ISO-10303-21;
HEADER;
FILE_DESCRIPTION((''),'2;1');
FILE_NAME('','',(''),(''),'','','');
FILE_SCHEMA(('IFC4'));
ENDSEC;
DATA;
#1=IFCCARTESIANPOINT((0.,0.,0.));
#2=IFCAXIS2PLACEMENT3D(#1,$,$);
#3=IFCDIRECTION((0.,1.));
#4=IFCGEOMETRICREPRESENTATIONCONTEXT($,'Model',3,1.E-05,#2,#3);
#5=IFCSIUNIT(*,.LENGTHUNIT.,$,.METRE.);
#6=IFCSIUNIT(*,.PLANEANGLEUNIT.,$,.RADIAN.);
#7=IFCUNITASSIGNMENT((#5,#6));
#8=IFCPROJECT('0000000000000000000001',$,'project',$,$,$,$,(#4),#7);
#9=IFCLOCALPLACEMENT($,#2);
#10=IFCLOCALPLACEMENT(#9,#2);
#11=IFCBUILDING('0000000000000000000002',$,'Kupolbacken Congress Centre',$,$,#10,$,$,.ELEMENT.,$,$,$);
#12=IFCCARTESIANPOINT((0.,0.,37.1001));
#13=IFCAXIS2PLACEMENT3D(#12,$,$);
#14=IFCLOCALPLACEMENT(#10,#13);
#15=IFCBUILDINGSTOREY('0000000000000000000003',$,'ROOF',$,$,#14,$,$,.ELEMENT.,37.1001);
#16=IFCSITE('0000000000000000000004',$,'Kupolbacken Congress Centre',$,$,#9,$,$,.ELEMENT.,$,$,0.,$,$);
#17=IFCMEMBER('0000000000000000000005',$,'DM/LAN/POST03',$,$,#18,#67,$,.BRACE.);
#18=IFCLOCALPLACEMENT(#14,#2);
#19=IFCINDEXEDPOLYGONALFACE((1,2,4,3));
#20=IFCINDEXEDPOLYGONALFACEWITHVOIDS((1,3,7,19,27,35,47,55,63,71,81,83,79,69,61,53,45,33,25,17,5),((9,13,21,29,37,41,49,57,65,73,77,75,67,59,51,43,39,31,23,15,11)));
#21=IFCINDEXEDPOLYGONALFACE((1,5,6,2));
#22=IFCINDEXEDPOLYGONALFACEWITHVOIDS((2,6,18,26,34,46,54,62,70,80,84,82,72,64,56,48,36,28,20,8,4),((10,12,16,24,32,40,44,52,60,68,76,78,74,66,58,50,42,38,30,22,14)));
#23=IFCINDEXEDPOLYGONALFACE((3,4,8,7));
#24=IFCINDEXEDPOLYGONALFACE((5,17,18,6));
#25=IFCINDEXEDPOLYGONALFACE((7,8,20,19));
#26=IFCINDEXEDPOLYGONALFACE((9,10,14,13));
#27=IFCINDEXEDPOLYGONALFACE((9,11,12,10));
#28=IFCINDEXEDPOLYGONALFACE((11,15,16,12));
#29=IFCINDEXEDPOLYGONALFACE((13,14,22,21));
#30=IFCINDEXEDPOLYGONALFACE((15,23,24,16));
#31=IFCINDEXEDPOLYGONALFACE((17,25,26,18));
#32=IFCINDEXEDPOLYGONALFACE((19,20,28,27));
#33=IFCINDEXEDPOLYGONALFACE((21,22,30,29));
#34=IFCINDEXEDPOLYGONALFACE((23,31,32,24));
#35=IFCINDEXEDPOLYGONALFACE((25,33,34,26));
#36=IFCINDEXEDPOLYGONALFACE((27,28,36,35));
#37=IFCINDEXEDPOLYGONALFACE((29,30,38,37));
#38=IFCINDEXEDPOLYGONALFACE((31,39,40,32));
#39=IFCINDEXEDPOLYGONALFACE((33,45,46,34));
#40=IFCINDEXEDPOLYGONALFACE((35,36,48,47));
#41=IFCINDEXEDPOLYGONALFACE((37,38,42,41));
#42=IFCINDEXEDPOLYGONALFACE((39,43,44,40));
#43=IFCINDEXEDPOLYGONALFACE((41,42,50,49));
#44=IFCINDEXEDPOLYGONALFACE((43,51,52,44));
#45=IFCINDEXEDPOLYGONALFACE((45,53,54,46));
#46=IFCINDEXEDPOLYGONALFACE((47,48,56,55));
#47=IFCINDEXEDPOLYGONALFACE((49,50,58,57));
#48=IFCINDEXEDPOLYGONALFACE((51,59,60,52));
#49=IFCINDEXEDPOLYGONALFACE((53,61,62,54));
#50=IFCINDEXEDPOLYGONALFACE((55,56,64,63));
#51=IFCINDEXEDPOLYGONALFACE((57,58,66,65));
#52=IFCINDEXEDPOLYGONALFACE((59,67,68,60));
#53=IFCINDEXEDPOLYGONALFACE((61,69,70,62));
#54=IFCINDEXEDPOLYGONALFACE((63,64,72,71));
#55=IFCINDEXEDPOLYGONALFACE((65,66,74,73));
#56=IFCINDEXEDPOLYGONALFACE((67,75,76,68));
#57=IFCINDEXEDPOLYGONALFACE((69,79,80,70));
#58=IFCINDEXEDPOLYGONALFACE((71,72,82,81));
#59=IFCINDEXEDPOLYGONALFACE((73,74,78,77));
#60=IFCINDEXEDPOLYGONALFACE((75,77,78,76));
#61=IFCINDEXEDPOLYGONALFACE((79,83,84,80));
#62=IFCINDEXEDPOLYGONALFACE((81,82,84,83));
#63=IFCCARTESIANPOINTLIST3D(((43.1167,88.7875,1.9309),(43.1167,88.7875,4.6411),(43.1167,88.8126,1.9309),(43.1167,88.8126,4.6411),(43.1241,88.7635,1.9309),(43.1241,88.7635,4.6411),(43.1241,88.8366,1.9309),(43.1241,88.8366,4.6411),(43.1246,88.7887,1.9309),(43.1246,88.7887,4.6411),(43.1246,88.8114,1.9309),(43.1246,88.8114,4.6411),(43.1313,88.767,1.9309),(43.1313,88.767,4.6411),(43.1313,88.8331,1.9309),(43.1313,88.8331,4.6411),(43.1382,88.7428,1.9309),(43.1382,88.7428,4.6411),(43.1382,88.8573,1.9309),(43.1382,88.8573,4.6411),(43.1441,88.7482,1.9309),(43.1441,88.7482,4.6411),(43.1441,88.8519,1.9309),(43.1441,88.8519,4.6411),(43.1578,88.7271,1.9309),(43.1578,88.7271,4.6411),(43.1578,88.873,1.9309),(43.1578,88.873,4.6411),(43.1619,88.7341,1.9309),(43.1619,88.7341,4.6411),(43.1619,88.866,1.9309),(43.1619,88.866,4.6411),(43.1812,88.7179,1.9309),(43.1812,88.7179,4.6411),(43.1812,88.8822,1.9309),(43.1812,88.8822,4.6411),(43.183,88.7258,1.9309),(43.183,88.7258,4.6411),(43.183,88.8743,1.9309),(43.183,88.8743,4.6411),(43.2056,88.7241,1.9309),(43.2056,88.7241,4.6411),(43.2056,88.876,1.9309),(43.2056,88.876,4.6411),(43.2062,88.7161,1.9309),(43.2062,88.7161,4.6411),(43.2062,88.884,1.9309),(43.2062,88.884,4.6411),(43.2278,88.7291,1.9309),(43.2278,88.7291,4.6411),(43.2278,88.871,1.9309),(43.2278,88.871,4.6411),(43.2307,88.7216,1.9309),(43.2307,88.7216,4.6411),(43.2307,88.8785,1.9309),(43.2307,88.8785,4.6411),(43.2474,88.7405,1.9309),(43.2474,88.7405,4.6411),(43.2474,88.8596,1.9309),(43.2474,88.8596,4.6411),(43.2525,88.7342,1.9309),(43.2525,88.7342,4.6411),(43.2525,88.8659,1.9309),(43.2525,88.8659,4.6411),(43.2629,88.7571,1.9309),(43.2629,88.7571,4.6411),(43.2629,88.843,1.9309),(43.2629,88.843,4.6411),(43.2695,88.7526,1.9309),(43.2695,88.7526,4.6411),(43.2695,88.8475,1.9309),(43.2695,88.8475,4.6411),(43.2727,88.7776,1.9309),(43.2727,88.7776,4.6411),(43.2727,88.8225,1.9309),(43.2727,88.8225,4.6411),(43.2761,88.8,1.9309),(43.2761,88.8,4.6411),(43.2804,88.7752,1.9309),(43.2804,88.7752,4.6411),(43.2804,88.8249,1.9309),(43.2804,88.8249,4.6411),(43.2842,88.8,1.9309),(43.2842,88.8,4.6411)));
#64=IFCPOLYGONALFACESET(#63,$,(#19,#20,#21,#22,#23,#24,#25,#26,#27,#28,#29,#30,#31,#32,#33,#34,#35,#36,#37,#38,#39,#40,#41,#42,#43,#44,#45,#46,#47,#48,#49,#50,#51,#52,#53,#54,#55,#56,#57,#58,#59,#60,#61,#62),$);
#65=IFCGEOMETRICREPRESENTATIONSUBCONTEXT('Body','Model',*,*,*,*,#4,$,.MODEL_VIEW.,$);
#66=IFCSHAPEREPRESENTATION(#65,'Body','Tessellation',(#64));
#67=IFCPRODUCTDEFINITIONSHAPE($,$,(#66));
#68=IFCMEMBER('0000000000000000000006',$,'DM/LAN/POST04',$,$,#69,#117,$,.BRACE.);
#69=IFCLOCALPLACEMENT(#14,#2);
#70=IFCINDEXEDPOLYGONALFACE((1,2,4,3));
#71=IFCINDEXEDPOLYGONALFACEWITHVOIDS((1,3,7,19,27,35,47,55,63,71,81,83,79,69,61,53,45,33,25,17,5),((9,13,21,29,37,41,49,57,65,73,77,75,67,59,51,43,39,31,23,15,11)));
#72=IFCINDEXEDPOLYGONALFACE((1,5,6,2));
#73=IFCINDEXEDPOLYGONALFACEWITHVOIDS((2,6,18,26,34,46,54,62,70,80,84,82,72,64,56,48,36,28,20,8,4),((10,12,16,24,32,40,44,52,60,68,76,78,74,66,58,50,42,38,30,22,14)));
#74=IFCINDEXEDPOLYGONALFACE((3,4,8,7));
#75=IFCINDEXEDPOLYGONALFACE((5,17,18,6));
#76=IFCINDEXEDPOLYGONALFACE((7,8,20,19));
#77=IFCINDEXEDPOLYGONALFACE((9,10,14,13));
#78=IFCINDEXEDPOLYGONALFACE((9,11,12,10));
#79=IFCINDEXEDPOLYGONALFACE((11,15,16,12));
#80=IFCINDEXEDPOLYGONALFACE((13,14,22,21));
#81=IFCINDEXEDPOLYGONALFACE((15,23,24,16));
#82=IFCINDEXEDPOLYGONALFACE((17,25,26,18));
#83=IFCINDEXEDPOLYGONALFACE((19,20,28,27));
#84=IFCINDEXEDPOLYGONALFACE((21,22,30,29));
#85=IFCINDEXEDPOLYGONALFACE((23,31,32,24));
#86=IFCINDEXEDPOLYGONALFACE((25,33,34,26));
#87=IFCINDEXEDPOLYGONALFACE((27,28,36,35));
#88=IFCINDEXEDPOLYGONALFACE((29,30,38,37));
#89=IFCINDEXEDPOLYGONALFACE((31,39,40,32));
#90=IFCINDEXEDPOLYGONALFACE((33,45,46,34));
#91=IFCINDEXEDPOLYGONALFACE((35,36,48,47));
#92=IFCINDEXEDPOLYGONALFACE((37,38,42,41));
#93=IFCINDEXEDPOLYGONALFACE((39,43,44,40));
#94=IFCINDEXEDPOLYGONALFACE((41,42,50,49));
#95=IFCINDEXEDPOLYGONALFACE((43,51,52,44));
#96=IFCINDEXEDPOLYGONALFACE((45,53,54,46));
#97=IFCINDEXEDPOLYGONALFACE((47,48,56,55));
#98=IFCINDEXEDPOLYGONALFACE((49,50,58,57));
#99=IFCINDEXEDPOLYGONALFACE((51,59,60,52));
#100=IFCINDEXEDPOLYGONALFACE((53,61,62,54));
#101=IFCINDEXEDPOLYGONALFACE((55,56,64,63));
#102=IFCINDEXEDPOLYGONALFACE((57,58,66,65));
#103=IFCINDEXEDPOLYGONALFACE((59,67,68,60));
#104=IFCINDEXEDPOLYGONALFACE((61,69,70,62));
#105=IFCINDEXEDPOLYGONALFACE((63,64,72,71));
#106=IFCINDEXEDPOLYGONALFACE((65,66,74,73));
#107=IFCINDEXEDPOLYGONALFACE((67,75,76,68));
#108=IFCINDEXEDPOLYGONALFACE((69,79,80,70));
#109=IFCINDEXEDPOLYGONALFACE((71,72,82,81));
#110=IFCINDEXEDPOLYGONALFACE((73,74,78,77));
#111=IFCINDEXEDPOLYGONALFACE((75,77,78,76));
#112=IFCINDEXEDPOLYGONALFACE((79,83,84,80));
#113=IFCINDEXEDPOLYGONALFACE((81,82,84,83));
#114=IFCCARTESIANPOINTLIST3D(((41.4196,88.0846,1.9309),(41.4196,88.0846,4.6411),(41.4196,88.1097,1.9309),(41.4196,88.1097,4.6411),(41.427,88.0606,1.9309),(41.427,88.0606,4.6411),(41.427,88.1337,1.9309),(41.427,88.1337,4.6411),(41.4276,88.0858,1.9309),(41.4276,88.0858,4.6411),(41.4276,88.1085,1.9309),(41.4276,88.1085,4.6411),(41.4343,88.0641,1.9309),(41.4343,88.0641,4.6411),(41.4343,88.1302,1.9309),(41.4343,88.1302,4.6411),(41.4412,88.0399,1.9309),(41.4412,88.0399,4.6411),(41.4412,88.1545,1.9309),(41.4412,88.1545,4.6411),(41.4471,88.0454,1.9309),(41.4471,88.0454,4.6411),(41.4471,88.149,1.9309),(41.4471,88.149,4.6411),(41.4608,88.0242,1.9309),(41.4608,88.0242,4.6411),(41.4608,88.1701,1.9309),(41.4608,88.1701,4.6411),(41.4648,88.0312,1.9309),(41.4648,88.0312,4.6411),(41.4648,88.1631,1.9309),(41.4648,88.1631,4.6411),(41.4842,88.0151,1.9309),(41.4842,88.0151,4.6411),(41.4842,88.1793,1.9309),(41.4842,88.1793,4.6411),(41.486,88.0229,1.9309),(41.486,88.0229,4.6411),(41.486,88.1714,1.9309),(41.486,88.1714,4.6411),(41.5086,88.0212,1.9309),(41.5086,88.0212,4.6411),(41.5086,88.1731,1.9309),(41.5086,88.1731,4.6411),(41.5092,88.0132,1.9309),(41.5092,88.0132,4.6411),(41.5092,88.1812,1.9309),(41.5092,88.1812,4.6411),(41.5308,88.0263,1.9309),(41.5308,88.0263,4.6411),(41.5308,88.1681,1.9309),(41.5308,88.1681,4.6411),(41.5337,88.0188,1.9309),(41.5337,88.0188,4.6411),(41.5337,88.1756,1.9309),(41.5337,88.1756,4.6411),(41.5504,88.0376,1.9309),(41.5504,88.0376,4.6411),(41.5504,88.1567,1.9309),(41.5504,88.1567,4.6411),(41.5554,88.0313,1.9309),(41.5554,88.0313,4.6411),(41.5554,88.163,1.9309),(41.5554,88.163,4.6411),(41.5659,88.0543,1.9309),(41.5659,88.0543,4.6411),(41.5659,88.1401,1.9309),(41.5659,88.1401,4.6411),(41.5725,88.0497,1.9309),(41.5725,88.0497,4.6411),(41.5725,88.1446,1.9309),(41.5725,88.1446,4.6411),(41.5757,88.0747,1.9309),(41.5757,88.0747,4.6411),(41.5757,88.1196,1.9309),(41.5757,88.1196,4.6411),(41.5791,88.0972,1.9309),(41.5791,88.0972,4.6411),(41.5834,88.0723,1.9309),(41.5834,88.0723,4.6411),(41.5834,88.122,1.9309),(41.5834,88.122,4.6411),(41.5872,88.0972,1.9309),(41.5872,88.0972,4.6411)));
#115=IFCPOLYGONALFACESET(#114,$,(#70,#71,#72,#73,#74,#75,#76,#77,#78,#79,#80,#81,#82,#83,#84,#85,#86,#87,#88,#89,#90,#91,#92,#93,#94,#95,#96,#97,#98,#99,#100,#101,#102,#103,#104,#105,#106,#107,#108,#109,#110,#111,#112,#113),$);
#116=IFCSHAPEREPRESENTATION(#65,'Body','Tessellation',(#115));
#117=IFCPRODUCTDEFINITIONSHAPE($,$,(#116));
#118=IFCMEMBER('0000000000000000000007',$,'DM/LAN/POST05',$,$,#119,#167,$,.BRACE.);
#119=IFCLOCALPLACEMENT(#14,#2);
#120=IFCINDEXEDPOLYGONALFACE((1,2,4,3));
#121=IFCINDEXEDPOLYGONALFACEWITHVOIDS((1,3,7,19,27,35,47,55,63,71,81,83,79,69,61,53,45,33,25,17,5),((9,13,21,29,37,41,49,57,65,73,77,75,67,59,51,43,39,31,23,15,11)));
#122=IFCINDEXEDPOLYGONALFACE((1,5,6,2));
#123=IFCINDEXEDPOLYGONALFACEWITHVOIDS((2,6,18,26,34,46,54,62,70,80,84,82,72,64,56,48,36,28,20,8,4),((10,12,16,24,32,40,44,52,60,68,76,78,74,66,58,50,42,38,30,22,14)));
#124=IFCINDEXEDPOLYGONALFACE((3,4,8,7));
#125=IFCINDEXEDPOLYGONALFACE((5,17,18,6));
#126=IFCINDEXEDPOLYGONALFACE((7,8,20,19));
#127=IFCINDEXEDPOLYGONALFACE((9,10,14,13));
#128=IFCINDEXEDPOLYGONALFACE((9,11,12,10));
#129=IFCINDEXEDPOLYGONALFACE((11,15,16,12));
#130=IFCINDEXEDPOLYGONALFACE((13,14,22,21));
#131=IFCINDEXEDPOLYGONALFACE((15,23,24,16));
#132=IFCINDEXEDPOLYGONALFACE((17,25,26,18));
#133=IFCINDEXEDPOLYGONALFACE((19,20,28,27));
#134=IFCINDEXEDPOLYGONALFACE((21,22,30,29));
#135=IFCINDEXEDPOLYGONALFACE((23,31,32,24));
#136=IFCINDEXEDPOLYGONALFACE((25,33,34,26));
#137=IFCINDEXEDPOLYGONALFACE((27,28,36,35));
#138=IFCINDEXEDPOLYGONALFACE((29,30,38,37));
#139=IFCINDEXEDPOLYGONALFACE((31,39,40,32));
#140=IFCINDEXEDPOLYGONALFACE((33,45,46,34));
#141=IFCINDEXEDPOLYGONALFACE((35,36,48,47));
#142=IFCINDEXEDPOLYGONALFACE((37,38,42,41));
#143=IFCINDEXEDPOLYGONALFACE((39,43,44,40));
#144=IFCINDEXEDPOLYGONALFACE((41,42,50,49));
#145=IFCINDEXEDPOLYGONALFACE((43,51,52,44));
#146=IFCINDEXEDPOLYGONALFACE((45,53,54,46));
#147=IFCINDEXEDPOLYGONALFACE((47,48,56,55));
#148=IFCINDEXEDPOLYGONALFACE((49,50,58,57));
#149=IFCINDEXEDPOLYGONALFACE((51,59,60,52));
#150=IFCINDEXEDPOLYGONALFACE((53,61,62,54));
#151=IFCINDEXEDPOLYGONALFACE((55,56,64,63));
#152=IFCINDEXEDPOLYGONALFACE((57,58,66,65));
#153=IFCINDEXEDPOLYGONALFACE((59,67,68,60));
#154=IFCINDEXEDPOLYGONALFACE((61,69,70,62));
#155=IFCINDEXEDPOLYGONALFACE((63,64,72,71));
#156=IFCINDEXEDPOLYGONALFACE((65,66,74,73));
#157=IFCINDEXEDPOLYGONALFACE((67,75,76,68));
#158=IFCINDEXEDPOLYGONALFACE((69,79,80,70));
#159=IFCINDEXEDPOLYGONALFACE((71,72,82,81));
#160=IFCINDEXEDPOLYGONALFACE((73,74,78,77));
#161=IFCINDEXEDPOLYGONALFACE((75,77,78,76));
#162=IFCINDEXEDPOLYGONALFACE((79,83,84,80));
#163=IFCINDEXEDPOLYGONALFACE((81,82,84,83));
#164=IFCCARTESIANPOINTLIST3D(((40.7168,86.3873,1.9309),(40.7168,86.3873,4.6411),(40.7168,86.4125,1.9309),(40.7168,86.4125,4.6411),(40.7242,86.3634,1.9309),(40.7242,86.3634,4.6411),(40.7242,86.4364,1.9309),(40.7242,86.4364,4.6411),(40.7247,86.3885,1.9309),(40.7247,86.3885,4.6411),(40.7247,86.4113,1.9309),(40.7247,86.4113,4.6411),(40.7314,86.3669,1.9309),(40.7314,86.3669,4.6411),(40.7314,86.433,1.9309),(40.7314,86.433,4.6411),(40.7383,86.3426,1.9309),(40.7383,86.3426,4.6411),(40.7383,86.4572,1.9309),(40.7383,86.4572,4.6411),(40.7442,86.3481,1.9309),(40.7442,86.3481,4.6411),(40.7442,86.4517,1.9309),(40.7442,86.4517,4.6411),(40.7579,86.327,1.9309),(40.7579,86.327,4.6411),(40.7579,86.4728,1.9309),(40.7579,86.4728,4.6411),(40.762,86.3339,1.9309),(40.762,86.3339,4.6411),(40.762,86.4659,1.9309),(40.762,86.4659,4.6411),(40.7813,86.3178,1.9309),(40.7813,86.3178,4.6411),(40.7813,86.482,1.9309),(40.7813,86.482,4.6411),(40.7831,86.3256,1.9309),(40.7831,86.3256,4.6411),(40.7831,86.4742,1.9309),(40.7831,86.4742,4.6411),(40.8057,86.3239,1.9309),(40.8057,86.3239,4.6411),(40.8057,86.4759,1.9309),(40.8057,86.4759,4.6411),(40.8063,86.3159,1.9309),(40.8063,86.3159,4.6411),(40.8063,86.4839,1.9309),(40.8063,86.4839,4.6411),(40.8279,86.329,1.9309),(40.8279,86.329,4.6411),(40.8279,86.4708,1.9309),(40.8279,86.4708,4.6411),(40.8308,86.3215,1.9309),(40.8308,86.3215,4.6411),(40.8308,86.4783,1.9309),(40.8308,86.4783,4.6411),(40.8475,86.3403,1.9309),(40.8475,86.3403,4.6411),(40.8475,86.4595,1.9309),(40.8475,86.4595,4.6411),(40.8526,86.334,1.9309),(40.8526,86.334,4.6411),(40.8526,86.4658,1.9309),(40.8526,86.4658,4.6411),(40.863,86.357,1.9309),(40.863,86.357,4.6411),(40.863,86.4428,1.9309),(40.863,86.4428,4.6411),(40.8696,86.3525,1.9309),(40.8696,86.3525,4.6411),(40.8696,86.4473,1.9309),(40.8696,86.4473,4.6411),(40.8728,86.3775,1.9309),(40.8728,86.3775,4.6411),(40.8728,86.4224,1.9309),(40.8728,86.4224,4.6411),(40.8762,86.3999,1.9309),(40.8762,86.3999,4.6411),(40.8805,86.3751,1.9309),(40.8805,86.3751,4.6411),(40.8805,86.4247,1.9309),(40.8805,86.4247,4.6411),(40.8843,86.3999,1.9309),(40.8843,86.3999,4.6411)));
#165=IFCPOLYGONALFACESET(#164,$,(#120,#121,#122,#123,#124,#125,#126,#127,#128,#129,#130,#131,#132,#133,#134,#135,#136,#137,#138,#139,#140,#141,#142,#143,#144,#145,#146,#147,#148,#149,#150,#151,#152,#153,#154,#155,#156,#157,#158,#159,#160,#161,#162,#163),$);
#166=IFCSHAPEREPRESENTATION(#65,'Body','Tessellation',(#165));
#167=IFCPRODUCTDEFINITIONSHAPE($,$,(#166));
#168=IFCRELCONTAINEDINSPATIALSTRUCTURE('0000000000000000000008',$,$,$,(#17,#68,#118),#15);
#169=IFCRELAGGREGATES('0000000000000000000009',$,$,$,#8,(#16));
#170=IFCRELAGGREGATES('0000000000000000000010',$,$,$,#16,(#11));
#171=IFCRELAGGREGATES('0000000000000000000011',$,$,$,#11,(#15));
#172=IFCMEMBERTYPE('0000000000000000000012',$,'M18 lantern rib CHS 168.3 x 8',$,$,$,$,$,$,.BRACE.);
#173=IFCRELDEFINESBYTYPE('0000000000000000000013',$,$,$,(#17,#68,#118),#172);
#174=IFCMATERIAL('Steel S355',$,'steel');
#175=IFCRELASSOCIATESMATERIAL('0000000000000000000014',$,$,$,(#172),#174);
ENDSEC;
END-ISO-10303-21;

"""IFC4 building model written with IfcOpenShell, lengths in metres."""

from ifc_helpers import new_model, si_unit, direction, frame, origin, origin_2d, place, context, subcontext, project, spatial, hollow_circle, extrude, material, material_profile, profile_set, type_object, element, save


model = new_model("IFC4")

# Units and contexts
model_context = context("Model", 3, precision=1e-05, world=origin(), true_north=direction((0.0, 1.0)))
body_context = subcontext(model_context, "Body", "Model", "MODEL_VIEW")
ifc_project = project(units=[si_unit("LENGTHUNIT", "METRE"), si_unit("PLANEANGLEUNIT", "RADIAN")], contexts=[model_context])

# Site, building, storey
site_placement = place(None, origin())
site = spatial("IfcSite", under=ifc_project, at=site_placement, Name="Kupolbacken Congress Centre", CompositionType="ELEMENT", RefElevation=0.0)
building_placement = place(site_placement, origin())
building = spatial("IfcBuilding", under=site, at=building_placement, Name="Kupolbacken Congress Centre", CompositionType="ELEMENT")
storey_placement = place(building_placement, frame((0.0, 0.0, 37.1001)))
storey = spatial("IfcBuildingStorey", under=building, at=storey_placement, Name="ROOF", CompositionType="ELEMENT", Elevation=37.1001)

# Members
ifc_material_1 = material(Name="Steel S355", Category="steel")
ifc_material_profile_1 = material_profile(ifc_material_1, hollow_circle(Radius=0.0842, WallThickness=0.0081, at=origin_2d()), Name="CHS 168.3 x 8")
ifc_profile_set_1 = profile_set([ifc_material_profile_1], Name="Steel S355")
member_type_1 = type_object("IfcMemberType", Name="M18 lantern rib CHS 168.3 x 8", PredefinedType="BRACE", material=ifc_profile_set_1)
for number, where, z_axis, x_axis, name in (
    (1, (43.2, 88.8, 1.9309), (0.0, 0.0, 1.0), (1.0, 0.0, 0.0), "DM/LAN/POST03"),
    (2, (41.5029, 88.0972, 1.9309), (0.0, 0.0, 1.0), (1.0, 0.0, 0.0), "DM/LAN/POST04"),
    (3, (40.8, 86.3999, 1.9309), (0.0, 0.0, 1.0), (1.0, 0.0, 0.0), "DM/LAN/POST05"),
):
    element("IfcMember", number, at=place(storey_placement, frame(where, z_axis=z_axis, x_axis=x_axis)), inside=storey, type_object=member_type_1, Name=name, PredefinedType="BRACE", context=body_context, shape_type="SweptSolid", body=[
        extrude(hollow_circle(Radius=0.0842, WallThickness=0.0081, at=origin_2d()), origin(), (0.0, 0.0, 1.0), 2.7102),
    ])

save(model, "model.ifc")
